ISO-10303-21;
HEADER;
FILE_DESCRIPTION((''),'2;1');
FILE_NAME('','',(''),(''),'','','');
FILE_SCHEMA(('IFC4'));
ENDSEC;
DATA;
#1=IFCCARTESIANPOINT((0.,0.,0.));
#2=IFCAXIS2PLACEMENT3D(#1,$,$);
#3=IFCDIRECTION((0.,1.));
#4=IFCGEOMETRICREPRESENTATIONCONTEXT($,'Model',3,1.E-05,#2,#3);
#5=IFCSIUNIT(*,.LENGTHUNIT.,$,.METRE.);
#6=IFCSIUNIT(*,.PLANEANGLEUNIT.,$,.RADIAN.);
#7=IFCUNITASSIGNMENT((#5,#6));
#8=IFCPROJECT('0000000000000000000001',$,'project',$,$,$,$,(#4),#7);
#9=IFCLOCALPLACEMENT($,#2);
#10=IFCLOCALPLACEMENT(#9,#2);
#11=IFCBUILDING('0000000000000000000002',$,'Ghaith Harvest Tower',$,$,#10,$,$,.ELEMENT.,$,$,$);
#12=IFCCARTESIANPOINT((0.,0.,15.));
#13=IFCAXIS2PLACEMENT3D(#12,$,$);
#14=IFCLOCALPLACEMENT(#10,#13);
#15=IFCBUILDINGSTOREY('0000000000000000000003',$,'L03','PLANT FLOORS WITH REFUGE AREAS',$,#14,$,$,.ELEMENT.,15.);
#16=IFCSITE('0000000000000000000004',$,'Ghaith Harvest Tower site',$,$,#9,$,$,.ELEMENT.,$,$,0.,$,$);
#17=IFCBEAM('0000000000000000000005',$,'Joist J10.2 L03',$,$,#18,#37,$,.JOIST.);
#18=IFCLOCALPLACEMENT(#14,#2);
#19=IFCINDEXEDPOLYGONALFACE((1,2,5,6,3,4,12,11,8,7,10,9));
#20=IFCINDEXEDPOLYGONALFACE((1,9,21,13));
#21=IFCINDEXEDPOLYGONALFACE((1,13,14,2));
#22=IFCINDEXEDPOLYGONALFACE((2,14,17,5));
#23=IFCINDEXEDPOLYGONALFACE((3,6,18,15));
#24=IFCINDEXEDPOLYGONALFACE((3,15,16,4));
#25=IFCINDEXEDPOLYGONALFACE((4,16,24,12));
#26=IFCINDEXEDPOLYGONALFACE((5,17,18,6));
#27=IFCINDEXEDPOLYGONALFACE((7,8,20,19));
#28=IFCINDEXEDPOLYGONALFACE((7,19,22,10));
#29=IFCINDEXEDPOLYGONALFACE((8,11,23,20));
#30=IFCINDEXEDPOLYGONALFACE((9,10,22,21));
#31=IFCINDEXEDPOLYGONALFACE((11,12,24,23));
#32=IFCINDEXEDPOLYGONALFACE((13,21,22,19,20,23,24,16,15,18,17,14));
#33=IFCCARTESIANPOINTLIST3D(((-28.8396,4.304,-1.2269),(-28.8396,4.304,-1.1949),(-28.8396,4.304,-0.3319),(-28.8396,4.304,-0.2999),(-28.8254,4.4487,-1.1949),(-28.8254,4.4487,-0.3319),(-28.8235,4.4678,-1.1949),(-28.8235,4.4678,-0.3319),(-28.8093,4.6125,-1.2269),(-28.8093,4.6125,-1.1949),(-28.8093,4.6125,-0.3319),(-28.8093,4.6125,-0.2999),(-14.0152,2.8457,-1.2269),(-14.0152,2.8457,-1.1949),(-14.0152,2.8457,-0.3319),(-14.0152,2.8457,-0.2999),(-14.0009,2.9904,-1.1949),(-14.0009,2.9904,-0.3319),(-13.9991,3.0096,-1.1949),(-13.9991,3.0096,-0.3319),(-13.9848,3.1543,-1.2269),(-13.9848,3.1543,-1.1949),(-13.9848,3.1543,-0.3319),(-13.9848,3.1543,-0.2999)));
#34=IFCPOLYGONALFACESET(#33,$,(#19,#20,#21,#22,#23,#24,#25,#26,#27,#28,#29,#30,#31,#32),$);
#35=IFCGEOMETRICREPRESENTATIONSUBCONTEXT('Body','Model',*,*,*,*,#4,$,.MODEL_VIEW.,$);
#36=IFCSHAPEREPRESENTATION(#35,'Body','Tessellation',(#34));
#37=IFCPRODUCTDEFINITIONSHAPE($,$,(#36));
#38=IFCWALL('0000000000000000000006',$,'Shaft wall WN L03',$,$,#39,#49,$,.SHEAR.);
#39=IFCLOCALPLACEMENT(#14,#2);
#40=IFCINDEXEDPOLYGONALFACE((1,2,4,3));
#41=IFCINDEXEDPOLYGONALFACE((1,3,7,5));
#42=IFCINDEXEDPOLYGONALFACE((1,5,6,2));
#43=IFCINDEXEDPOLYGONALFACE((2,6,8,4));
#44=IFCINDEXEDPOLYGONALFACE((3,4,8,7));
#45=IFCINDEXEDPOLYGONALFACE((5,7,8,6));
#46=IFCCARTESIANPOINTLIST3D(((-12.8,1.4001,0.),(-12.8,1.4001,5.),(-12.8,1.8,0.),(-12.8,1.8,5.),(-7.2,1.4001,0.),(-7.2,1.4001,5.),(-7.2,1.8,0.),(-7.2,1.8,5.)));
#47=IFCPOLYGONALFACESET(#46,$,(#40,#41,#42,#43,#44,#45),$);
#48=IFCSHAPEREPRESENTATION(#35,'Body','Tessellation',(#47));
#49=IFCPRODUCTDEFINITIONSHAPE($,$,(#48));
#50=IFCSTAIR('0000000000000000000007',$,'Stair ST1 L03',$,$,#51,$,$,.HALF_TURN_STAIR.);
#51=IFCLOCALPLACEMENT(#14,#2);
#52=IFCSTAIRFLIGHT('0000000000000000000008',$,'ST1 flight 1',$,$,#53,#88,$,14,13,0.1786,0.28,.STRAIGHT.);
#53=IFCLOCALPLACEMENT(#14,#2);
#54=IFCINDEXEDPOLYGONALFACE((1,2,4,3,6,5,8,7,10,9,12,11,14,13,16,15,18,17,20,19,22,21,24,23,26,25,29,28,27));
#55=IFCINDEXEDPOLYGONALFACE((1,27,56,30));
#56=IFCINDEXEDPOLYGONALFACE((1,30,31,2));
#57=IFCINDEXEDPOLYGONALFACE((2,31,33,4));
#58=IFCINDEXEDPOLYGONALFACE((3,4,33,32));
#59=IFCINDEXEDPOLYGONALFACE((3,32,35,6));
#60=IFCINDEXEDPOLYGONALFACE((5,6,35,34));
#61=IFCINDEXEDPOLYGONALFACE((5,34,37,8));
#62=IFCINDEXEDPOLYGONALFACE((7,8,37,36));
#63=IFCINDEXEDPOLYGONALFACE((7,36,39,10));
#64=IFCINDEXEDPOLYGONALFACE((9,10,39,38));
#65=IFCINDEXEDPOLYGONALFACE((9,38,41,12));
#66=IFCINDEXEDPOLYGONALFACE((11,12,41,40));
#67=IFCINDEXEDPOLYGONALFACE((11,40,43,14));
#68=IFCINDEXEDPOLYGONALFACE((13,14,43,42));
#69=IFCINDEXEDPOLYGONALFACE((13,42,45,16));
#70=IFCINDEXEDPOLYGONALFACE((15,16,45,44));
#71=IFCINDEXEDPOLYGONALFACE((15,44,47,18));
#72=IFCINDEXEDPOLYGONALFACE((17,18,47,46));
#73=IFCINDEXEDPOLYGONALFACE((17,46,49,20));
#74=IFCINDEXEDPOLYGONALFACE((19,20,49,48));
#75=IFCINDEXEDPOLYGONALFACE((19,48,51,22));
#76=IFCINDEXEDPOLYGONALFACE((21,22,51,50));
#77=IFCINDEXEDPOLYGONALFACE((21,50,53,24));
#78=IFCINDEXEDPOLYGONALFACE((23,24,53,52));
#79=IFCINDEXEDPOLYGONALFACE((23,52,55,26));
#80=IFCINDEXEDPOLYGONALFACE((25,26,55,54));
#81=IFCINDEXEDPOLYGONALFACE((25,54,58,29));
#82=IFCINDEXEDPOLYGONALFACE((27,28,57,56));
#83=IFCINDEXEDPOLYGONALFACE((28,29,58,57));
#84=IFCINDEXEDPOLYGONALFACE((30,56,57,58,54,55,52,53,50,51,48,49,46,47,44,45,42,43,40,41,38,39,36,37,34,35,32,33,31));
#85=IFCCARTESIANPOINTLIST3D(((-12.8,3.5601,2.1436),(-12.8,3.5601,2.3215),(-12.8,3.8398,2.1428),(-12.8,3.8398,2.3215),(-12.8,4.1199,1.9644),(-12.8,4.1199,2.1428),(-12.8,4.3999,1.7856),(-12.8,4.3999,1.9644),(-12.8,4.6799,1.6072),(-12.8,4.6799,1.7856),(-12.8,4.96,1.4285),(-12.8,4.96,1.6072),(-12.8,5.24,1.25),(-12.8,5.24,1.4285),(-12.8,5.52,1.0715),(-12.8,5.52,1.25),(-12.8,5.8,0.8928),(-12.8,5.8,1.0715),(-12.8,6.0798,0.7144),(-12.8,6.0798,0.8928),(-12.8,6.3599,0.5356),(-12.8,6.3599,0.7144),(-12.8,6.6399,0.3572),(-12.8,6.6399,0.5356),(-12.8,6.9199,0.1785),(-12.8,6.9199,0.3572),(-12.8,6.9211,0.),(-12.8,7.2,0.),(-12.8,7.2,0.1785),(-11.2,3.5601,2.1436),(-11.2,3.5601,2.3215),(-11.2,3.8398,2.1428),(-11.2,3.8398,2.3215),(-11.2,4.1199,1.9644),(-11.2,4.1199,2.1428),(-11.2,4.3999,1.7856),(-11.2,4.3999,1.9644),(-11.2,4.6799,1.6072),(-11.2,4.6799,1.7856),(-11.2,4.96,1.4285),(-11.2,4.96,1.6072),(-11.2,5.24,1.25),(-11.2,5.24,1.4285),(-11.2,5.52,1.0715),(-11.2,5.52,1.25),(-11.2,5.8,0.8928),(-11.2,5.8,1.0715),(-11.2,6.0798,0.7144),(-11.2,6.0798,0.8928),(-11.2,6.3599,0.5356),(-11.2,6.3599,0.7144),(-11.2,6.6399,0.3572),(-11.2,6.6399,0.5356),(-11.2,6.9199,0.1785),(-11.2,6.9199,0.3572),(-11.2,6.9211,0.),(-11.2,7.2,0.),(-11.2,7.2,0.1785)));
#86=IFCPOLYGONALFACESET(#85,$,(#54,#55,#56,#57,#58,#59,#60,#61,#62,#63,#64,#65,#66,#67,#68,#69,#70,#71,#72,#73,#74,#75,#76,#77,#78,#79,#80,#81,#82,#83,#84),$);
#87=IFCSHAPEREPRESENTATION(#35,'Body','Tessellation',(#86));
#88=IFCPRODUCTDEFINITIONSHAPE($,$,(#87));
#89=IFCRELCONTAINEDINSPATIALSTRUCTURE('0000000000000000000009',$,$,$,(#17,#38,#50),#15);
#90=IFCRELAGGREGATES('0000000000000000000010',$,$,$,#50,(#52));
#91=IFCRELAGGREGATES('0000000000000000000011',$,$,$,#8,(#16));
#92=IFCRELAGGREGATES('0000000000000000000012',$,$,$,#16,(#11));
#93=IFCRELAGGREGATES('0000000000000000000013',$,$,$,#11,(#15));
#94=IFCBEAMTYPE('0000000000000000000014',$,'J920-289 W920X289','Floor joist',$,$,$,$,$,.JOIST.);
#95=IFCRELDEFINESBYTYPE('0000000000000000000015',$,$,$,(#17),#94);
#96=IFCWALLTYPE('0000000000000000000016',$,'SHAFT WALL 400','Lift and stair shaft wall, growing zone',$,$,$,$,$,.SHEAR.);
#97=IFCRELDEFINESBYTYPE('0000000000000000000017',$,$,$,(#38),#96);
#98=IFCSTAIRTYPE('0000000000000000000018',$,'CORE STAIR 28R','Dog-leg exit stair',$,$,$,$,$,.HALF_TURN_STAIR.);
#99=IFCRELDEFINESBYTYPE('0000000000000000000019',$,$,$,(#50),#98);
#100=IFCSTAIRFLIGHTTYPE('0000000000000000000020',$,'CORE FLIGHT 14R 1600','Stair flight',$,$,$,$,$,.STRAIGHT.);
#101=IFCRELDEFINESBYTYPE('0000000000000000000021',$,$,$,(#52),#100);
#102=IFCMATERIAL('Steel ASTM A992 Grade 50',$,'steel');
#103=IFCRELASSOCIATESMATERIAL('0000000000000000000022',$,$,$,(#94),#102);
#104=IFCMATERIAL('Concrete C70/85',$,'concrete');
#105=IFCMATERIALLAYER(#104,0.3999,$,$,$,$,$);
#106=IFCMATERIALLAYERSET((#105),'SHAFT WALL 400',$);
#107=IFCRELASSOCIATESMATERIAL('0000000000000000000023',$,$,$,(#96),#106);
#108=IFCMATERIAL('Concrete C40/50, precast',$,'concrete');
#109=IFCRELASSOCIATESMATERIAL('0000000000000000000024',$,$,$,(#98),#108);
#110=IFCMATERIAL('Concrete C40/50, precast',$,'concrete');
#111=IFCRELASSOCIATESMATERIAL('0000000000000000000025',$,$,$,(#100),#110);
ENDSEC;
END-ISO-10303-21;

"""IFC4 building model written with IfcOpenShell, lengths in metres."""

from ifc_helpers import new_model, si_unit, direction, frame, frame_2d, origin, origin_2d, place, context, subcontext, project, spatial, polyline, rectangle, i_section, outline, extrude, material, layer, layer_set, material_profile, profile_set, type_object, element, aggregate, save


model = new_model("IFC4")

# Units and contexts
model_context = context("Model", 3, precision=1e-05, world=origin(), true_north=direction((0.0, 1.0)))
body_context = subcontext(model_context, "Body", "Model", "MODEL_VIEW")
ifc_project = project(units=[si_unit("LENGTHUNIT", "METRE"), si_unit("PLANEANGLEUNIT", "RADIAN")], contexts=[model_context])

# Site, building, storey
site_placement = place(None, origin())
site = spatial("IfcSite", under=ifc_project, at=site_placement, Name="Ghaith Harvest Tower site", CompositionType="ELEMENT", RefElevation=0.0)
building_placement = place(site_placement, origin())
building = spatial("IfcBuilding", under=site, at=building_placement, Name="Ghaith Harvest Tower", CompositionType="ELEMENT")
storey_placement = place(building_placement, frame((0.0, 0.0, 15.0)))
storey = spatial("IfcBuildingStorey", under=building, at=storey_placement, Name="L03", Description="PLANT FLOORS WITH REFUGE AREAS", CompositionType="ELEMENT", Elevation=15.0)

# Beam
ifc_material_1 = material(Name="Steel ASTM A992 Grade 50", Category="steel")
ifc_material_profile_1 = material_profile(ifc_material_1, i_section(OverallWidth=0.3101, OverallDepth=0.927, WebThickness=0.0193, FlangeThickness=0.032, at=origin_2d()), Name="W920X289")
ifc_profile_set_1 = profile_set([ifc_material_profile_1], Name="Steel ASTM A992 Grade 50")
beam_type_1 = type_object("IfcBeamType", Name="J920-289 W920X289", Description="Floor joist", PredefinedType="JOIST", material=ifc_profile_set_1)
beam_1_placement = place(storey_placement, frame((-14.0, 3.0, -0.7634), z_axis=(-0.995197, 0.097895, 0.0), x_axis=(-0.097895, -0.995197, 0.0)))
element("IfcBeam", 1, at=beam_1_placement, inside=storey, type_object=beam_type_1, Name="Joist J10.2 L03", PredefinedType="JOIST", context=body_context, shape_type="SweptSolid", body=[
    extrude(i_section(OverallWidth=0.3101, OverallDepth=0.927, WebThickness=0.0193, FlangeThickness=0.032, at=origin_2d()), origin(), (0.0, 0.0, 1.0), 14.896),
])

# Wall
ifc_material_2 = material(Name="Concrete C70/85", Category="concrete")
ifc_layer_1 = layer(ifc_material_2, 0.3999)
ifc_layer_set_1 = layer_set([ifc_layer_1], Name="SHAFT WALL 400")
wall_type_1 = type_object("IfcWallType", Name="SHAFT WALL 400", Description="Lift and stair shaft wall, growing zone", PredefinedType="SHEAR", material=ifc_layer_set_1)
wall_1_placement = place(storey_placement, frame((-12.8, 1.6001, 0.0), z_axis=(0.0, 0.0, 1.0), x_axis=(1.0, 0.0, 0.0)))
element("IfcWall", 2, at=wall_1_placement, inside=storey, type_object=wall_type_1, Name="Shaft wall WN L03", PredefinedType="SHEAR", context=body_context, shape_type="SweptSolid", body=[
    extrude(rectangle(XDim=5.6001, YDim=0.3999, at=frame_2d((2.8, 0.0))), origin(), (0.0, 0.0, 1.0), 5.0),
])

# Stair, stair flight
ifc_material_3 = material(Name="Concrete C40/50, precast", Category="concrete")
stair_type = type_object("IfcStairType", Name="CORE STAIR 28R", Description="Dog-leg exit stair", PredefinedType="HALF_TURN_STAIR", material=ifc_material_3)
stair_placement = place(storey_placement, origin())
stair = element("IfcStair", 3, at=stair_placement, inside=storey, type_object=stair_type, Name="Stair ST1 L03", PredefinedType="HALF_TURN_STAIR")
ifc_material_4 = material(Name="Concrete C40/50, precast", Category="concrete")
stair_flight_type = type_object("IfcStairFlightType", Name="CORE FLIGHT 14R 1600", Description="Stair flight", PredefinedType="STRAIGHT", material=ifc_material_4)
stair_flight_placement = place(storey_placement, frame((-12.0, 7.2, 0.0), z_axis=(0.0, 0.0, 1.0), x_axis=(0.0, -1.0, 0.0)))
stair_flight = element("IfcStairFlight", 4, at=stair_flight_placement, type_object=stair_flight_type, Name="ST1 flight 1", NumberOfRisers=14, NumberOfTreads=13, PredefinedType="STRAIGHT", RiserHeight=0.1786, TreadLength=0.28, context=body_context, shape_type="SweptSolid", body=[
    extrude(outline(polyline([(0.0, 0.0), (0.0, 0.1785), (0.28, 0.1785), (0.28, 0.3572), (0.5601, 0.3572), (0.5601, 0.5356), (0.8401, 0.5356), (0.8401, 0.7144), (1.1201, 0.7144), (1.1201, 0.8928), (1.3999, 0.8928), (1.3999, 1.0715), (1.6799, 1.0715), (1.6799, 1.25), (1.96, 1.25), (1.96, 1.4285), (2.24, 1.4285), (2.24, 1.6072), (2.52, 1.6072), (2.52, 1.7856), (2.8, 1.7856), (2.8, 1.9644), (3.0801, 1.9644), (3.0801, 2.1428), (3.3601, 2.1428), (3.3601, 2.3215), (3.6399, 2.3215), (3.6399, 2.5), (3.6399, 2.1436), (0.2788, 0.0), (0.0, 0.0)])), frame((0.0, 0.8, 0.0), z_axis=(0.0, -1.0, 0.0), x_axis=(1.0, 0.0, 0.0)), (0.0, 0.0, 1.0), 1.6001),
])
aggregate(stair, [stair_flight])

save(model, "model.ifc")
